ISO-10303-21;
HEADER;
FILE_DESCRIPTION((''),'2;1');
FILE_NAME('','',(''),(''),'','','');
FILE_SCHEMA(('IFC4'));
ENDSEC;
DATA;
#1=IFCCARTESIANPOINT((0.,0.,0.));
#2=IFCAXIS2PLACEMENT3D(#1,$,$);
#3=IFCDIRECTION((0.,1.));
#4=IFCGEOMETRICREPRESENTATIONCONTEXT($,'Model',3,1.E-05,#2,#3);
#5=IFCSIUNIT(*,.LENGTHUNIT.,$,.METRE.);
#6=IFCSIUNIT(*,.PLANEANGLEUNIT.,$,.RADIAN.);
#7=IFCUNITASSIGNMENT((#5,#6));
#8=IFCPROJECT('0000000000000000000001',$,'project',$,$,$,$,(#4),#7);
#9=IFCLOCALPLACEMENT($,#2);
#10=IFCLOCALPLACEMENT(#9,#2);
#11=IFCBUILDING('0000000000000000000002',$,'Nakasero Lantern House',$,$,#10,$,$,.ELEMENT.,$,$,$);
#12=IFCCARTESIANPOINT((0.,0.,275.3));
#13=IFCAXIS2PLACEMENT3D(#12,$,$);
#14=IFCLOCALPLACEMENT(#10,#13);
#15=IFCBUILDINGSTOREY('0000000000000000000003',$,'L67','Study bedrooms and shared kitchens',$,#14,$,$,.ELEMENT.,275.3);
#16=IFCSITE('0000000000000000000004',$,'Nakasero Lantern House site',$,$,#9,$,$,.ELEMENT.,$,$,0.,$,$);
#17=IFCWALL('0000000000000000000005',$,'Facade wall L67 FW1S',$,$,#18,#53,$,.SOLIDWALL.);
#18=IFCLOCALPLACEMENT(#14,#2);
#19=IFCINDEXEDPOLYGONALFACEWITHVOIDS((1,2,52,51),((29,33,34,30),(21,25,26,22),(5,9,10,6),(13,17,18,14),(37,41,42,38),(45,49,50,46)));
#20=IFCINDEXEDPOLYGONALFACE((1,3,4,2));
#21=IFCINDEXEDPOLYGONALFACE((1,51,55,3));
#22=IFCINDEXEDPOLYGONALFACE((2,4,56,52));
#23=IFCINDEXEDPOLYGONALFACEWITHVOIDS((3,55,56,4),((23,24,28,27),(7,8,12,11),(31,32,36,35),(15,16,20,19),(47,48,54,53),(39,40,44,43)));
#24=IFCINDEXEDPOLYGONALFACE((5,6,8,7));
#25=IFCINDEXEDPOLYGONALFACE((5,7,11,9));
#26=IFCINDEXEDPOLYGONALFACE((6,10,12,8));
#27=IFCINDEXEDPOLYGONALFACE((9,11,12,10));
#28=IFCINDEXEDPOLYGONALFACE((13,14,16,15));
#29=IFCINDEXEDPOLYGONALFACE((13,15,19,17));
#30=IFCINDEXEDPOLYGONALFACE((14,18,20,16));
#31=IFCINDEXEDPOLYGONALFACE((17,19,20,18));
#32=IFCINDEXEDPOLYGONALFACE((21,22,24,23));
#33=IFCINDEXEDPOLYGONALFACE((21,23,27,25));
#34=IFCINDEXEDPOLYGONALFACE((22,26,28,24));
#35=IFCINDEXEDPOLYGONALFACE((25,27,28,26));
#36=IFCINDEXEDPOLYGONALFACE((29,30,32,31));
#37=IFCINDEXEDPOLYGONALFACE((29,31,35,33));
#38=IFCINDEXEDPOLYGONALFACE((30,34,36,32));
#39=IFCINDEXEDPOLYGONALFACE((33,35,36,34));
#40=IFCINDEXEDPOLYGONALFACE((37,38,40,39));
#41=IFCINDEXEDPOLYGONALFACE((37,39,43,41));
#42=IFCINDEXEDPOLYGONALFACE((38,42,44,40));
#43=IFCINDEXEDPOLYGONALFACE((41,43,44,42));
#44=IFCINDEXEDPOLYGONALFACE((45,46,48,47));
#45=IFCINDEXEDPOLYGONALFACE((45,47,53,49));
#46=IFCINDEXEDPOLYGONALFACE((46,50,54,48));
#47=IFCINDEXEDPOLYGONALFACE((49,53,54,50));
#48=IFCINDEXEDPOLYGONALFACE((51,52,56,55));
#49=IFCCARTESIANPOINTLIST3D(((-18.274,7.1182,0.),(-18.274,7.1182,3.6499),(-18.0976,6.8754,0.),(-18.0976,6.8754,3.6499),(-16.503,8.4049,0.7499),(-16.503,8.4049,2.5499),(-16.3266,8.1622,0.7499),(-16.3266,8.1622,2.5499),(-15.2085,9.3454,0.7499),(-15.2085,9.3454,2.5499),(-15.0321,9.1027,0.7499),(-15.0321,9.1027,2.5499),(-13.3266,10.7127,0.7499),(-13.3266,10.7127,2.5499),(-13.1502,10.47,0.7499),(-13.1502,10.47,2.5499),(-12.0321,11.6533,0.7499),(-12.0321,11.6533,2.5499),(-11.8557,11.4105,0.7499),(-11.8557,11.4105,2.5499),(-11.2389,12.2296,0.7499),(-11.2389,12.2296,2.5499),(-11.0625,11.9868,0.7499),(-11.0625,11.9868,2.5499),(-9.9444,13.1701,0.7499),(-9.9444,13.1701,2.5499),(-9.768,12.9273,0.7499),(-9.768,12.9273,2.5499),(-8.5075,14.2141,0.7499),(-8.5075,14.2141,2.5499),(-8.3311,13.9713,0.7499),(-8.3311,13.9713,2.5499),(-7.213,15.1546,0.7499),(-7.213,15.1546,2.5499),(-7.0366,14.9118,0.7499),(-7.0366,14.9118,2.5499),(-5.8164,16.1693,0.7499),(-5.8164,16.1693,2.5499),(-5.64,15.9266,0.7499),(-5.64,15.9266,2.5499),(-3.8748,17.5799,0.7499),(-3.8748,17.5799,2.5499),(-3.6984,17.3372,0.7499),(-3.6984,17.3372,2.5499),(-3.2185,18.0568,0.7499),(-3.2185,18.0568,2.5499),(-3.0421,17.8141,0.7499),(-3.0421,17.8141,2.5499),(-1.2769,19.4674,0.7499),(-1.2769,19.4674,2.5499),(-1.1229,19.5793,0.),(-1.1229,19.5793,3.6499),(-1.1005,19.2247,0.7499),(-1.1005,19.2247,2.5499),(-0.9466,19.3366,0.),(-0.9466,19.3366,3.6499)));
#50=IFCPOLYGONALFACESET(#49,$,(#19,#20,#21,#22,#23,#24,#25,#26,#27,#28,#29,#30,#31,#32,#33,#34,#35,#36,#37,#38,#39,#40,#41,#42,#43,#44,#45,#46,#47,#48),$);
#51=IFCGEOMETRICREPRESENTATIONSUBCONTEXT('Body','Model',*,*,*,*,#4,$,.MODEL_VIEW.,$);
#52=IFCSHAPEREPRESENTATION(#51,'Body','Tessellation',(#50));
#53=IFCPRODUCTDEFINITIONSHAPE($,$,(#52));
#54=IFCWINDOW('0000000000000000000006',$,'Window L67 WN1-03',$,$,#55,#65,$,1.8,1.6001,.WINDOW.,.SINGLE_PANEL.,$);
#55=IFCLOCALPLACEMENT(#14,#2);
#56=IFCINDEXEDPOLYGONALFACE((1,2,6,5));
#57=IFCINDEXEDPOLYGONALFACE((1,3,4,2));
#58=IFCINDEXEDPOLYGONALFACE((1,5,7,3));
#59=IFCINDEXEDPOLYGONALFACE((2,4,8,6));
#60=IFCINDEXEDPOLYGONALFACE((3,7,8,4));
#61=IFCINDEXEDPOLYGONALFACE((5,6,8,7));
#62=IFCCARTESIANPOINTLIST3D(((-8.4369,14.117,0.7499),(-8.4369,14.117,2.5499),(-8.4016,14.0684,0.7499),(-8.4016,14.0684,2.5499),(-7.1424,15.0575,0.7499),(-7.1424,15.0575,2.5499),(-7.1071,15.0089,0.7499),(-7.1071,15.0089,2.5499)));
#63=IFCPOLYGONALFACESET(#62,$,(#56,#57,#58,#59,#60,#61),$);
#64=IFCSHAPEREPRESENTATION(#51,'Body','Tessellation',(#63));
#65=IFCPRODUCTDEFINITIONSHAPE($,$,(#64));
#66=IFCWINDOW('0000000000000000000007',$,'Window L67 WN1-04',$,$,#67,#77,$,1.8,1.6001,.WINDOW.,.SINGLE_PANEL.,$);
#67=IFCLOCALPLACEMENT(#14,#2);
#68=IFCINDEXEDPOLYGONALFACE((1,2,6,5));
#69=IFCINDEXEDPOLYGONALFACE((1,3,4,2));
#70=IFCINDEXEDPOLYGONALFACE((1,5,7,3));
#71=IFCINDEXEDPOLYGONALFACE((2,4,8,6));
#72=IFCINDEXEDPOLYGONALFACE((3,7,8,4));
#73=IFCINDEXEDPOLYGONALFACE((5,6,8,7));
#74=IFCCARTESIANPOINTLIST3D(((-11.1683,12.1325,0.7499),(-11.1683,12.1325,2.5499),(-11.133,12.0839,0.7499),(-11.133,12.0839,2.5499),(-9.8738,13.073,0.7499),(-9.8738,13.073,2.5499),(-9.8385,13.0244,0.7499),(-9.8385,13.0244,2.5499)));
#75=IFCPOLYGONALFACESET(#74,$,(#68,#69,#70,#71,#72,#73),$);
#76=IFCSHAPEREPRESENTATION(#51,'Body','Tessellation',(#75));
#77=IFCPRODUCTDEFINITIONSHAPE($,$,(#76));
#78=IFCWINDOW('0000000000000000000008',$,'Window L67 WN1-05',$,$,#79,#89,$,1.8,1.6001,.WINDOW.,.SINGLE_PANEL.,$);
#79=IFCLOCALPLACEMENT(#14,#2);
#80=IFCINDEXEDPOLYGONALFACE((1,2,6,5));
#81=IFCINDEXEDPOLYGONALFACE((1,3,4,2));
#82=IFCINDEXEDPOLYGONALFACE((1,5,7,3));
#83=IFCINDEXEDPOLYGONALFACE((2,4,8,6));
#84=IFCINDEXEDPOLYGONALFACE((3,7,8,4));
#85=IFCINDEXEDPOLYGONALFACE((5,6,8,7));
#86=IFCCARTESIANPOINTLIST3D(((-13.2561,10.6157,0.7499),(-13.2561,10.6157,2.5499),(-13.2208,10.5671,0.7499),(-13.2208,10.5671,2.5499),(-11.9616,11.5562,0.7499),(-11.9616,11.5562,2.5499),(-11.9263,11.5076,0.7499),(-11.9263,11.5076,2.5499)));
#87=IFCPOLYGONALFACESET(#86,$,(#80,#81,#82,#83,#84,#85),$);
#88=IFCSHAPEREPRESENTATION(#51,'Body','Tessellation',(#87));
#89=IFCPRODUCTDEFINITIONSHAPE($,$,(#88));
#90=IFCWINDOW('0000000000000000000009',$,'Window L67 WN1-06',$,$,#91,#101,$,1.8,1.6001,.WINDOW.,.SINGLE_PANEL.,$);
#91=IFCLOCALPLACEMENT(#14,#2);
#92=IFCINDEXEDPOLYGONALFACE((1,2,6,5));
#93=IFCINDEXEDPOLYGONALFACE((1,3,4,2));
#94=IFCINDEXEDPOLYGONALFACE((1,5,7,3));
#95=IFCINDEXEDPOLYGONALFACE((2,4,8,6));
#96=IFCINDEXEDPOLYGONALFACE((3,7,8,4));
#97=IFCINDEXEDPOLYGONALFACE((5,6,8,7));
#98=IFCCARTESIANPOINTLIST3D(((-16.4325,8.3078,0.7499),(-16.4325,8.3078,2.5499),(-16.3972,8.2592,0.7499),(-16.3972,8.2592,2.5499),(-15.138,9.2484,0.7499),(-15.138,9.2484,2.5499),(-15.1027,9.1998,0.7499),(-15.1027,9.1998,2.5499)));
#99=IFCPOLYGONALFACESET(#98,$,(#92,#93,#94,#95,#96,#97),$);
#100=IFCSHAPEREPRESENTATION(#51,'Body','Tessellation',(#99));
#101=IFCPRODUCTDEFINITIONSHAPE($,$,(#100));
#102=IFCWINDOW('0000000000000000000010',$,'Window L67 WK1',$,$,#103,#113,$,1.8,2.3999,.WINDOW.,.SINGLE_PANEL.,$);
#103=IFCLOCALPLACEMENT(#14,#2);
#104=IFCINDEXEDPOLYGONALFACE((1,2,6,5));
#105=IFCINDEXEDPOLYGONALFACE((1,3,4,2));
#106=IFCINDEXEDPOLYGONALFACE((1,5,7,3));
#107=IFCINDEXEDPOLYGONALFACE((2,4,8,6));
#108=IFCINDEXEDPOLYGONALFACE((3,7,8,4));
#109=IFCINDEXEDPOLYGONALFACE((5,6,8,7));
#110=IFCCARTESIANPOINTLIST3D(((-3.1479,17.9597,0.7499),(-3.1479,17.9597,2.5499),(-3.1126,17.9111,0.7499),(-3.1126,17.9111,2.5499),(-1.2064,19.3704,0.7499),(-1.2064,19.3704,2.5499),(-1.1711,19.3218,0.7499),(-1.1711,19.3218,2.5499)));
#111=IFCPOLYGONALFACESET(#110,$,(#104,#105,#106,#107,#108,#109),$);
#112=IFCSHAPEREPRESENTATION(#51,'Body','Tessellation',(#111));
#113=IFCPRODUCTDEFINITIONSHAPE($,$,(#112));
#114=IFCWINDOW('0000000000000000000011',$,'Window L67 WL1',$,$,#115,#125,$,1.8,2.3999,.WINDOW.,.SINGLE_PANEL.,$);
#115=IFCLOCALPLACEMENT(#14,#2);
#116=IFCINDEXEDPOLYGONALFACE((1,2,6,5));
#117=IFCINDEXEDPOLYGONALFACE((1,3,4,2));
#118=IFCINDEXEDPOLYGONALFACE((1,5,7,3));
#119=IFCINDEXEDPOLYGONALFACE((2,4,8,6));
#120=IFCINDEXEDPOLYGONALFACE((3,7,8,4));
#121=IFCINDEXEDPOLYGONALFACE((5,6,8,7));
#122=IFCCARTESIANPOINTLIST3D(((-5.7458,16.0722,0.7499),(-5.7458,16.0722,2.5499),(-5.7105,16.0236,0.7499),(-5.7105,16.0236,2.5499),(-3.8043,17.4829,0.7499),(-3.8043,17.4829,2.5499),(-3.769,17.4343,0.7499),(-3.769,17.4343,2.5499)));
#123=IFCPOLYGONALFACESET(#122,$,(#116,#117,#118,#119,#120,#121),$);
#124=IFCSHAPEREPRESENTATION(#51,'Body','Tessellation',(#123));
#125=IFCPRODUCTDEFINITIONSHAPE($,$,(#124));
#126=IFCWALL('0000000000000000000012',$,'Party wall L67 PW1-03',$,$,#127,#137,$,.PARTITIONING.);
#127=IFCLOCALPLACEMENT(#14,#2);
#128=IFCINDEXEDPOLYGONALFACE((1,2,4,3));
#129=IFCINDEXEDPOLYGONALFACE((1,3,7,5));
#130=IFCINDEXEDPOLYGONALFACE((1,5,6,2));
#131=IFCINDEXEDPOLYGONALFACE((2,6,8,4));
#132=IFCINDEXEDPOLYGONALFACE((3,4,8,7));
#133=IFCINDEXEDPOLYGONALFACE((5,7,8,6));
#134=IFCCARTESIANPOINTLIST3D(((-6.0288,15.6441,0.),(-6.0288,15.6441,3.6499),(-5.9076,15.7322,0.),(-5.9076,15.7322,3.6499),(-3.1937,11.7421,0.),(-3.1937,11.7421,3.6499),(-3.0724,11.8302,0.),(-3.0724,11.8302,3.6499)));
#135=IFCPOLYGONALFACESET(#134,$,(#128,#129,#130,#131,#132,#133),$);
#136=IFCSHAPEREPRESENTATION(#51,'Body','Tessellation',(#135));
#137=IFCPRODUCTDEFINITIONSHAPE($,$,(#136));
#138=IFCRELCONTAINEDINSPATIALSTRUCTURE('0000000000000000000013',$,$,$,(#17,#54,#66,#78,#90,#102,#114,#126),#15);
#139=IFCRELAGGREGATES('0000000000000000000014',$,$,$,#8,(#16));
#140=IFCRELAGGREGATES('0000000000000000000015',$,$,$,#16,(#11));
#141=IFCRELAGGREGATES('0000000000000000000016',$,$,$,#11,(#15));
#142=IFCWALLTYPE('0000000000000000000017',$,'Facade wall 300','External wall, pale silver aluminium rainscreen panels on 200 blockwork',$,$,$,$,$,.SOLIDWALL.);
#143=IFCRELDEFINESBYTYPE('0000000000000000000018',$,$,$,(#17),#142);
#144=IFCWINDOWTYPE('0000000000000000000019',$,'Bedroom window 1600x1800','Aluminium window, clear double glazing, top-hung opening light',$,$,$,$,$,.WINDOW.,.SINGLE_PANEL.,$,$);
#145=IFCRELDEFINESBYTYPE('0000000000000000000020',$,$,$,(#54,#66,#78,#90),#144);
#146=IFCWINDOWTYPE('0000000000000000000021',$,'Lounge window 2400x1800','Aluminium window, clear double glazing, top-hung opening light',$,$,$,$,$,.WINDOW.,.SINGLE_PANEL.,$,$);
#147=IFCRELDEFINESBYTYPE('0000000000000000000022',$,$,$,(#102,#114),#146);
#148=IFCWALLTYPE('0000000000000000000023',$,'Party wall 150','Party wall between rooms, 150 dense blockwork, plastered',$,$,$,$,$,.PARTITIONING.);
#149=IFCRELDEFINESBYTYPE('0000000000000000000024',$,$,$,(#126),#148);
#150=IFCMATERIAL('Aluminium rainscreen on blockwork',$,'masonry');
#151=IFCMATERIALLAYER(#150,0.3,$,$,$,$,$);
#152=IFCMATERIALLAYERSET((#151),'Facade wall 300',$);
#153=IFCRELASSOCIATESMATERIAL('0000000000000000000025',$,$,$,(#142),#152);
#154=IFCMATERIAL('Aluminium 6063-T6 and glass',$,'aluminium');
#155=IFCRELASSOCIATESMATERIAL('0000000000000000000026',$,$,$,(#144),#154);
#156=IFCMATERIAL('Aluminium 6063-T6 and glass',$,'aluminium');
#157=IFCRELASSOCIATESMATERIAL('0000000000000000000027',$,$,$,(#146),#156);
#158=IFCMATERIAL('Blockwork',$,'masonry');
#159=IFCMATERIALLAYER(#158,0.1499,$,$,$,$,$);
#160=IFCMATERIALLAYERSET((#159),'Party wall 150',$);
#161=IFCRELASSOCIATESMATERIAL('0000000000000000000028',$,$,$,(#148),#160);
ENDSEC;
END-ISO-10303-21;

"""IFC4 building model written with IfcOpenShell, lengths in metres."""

from ifc_helpers import new_model, si_unit, direction, frame, frame_2d, origin, place, context, subcontext, project, spatial, rectangle, extrude, material, layer, layer_set, type_object, element, fill, save


model = new_model("IFC4")

# Units and contexts
model_context = context("Model", 3, precision=1e-05, world=origin(), true_north=direction((0.0, 1.0)))
body_context = subcontext(model_context, "Body", "Model", "MODEL_VIEW")
ifc_project = project(units=[si_unit("LENGTHUNIT", "METRE"), si_unit("PLANEANGLEUNIT", "RADIAN")], contexts=[model_context])

# Site, building, storey
site_placement = place(None, origin())
site = spatial("IfcSite", under=ifc_project, at=site_placement, Name="Nakasero Lantern House site", CompositionType="ELEMENT", RefElevation=0.0)
building_placement = place(site_placement, origin())
building = spatial("IfcBuilding", under=site, at=building_placement, Name="Nakasero Lantern House", CompositionType="ELEMENT")
storey_placement = place(building_placement, frame((0.0, 0.0, 275.3)))
storey = spatial("IfcBuildingStorey", under=building, at=storey_placement, Name="L67", Description="Study bedrooms and shared kitchens", CompositionType="ELEMENT", Elevation=275.3)

# Wall, openings, windows
ifc_material_1 = material(Name="Aluminium rainscreen on blockwork", Category="masonry")
ifc_layer_1 = layer(ifc_material_1, 0.3)
ifc_layer_set_1 = layer_set([ifc_layer_1], Name="Facade wall 300")
wall_type_1 = type_object("IfcWallType", Name="Facade wall 300", Description="External wall, pale silver aluminium rainscreen panels on 200 blockwork", PredefinedType="SOLIDWALL", material=ifc_layer_set_1)
wall_1_placement = place(storey_placement, frame((-1.0347, 19.458, 0.0), z_axis=(0.0, 0.0, 1.0), x_axis=(-0.809013, -0.58779, 0.0)))
wall_1 = element("IfcWall", 1, at=wall_1_placement, inside=storey, type_object=wall_type_1, Name="Facade wall L67 FW1S", PredefinedType="SOLIDWALL", context=body_context, shape_type="SweptSolid", body=[
    extrude(rectangle(XDim=21.2, YDim=0.3, at=frame_2d((10.6001, 0.0))), origin(), (0.0, 0.0, 1.0), 3.6499),
])
opening_1_placement = place(wall_1_placement, frame((7.5278, 0.0, 0.75)))
opening_1 = element("IfcOpeningElement", 2, at=opening_1_placement, cuts=wall_1, PredefinedType="OPENING", context=body_context, shape_type="SweptSolid", body=[
    extrude(rectangle(XDim=1.6001, YDim=1.8, at=frame_2d((0.8, 0.8999))), frame((0.0, 0.1699, 0.0), z_axis=(0.0, -1.0, 0.0), x_axis=(1.0, 0.0, 0.0)), (0.0, 0.0, 1.0), 0.3401),
])
opening_2_placement = place(wall_1_placement, frame((10.9041, 0.0, 0.75)))
opening_2 = element("IfcOpeningElement", 3, at=opening_2_placement, cuts=wall_1, PredefinedType="OPENING", context=body_context, shape_type="SweptSolid", body=[
    extrude(rectangle(XDim=1.6001, YDim=1.8, at=frame_2d((0.8, 0.8999))), frame((0.0, 0.1699, 0.0), z_axis=(0.0, -1.0, 0.0), x_axis=(1.0, 0.0, 0.0)), (0.0, 0.0, 1.0), 0.3401),
])
opening_3_placement = place(wall_1_placement, frame((13.4846, 0.0, 0.75)))
opening_3 = element("IfcOpeningElement", 4, at=opening_3_placement, cuts=wall_1, PredefinedType="OPENING", context=body_context, shape_type="SweptSolid", body=[
    extrude(rectangle(XDim=1.6001, YDim=1.8, at=frame_2d((0.8, 0.8999))), frame((0.0, 0.1699, 0.0), z_axis=(0.0, -1.0, 0.0), x_axis=(1.0, 0.0, 0.0)), (0.0, 0.0, 1.0), 0.3401),
])
opening_4_placement = place(wall_1_placement, frame((17.4109, 0.0, 0.75)))
opening_4 = element("IfcOpeningElement", 5, at=opening_4_placement, cuts=wall_1, PredefinedType="OPENING", context=body_context, shape_type="SweptSolid", body=[
    extrude(rectangle(XDim=1.6001, YDim=1.8, at=frame_2d((0.8, 0.8999))), frame((0.0, 0.1699, 0.0), z_axis=(0.0, -1.0, 0.0), x_axis=(1.0, 0.0, 0.0)), (0.0, 0.0, 1.0), 0.3401),
])
opening_5_placement = place(wall_1_placement, frame((0.1904, 0.0, 0.75)))
opening_5 = element("IfcOpeningElement", 6, at=opening_5_placement, cuts=wall_1, PredefinedType="OPENING", context=body_context, shape_type="SweptSolid", body=[
    extrude(rectangle(XDim=2.3999, YDim=1.8, at=frame_2d((1.2, 0.8999))), frame((0.0, 0.1699, 0.0), z_axis=(0.0, -1.0, 0.0), x_axis=(1.0, 0.0, 0.0)), (0.0, 0.0, 1.0), 0.3401),
])
opening_6_placement = place(wall_1_placement, frame((3.4016, 0.0, 0.75)))
opening_6 = element("IfcOpeningElement", 7, at=opening_6_placement, cuts=wall_1, PredefinedType="OPENING", context=body_context, shape_type="SweptSolid", body=[
    extrude(rectangle(XDim=2.3999, YDim=1.8, at=frame_2d((1.2, 0.8999))), frame((0.0, 0.1699, 0.0), z_axis=(0.0, -1.0, 0.0), x_axis=(1.0, 0.0, 0.0)), (0.0, 0.0, 1.0), 0.3401),
])
ifc_material_2 = material(Name="Aluminium 6063-T6 and glass", Category="aluminium")
window_type_1 = type_object("IfcWindowType", Name="Bedroom window 1600x1800", Description="Aluminium window, clear double glazing, top-hung opening light", PartitioningType="SINGLE_PANEL", PredefinedType="WINDOW", material=ifc_material_2)
window_1_placement = place(opening_1_placement, origin())
window_1 = element("IfcWindow", 8, at=window_1_placement, inside=storey, type_object=window_type_1, Name="Window L67 WN1-03", OverallHeight=1.8, OverallWidth=1.6001, PartitioningType="SINGLE_PANEL", PredefinedType="WINDOW", context=body_context, shape_type="SweptSolid", body=[
    extrude(rectangle(XDim=1.6001, YDim=1.8, at=frame_2d((0.8, 0.8999))), frame((0.0, 0.03, 0.0), z_axis=(0.0, -1.0, 0.0), x_axis=(1.0, 0.0, 0.0)), (0.0, 0.0, 1.0), 0.0601),
])
fill(opening_1, window_1)
window_2_placement = place(opening_2_placement, origin())
window_2 = element("IfcWindow", 9, at=window_2_placement, inside=storey, type_object=window_type_1, Name="Window L67 WN1-04", OverallHeight=1.8, OverallWidth=1.6001, PartitioningType="SINGLE_PANEL", PredefinedType="WINDOW", context=body_context, shape_type="SweptSolid", body=[
    extrude(rectangle(XDim=1.6001, YDim=1.8, at=frame_2d((0.8, 0.8999))), frame((0.0, 0.03, 0.0), z_axis=(0.0, -1.0, 0.0), x_axis=(1.0, 0.0, 0.0)), (0.0, 0.0, 1.0), 0.0601),
])
fill(opening_2, window_2)
window_3_placement = place(opening_3_placement, origin())
window_3 = element("IfcWindow", 10, at=window_3_placement, inside=storey, type_object=window_type_1, Name="Window L67 WN1-05", OverallHeight=1.8, OverallWidth=1.6001, PartitioningType="SINGLE_PANEL", PredefinedType="WINDOW", context=body_context, shape_type="SweptSolid", body=[
    extrude(rectangle(XDim=1.6001, YDim=1.8, at=frame_2d((0.8, 0.8999))), frame((0.0, 0.03, 0.0), z_axis=(0.0, -1.0, 0.0), x_axis=(1.0, 0.0, 0.0)), (0.0, 0.0, 1.0), 0.0601),
])
fill(opening_3, window_3)
window_4_placement = place(opening_4_placement, origin())
window_4 = element("IfcWindow", 11, at=window_4_placement, inside=storey, type_object=window_type_1, Name="Window L67 WN1-06", OverallHeight=1.8, OverallWidth=1.6001, PartitioningType="SINGLE_PANEL", PredefinedType="WINDOW", context=body_context, shape_type="SweptSolid", body=[
    extrude(rectangle(XDim=1.6001, YDim=1.8, at=frame_2d((0.8, 0.8999))), frame((0.0, 0.03, 0.0), z_axis=(0.0, -1.0, 0.0), x_axis=(1.0, 0.0, 0.0)), (0.0, 0.0, 1.0), 0.0601),
])
fill(opening_4, window_4)
ifc_material_3 = material(Name="Aluminium 6063-T6 and glass", Category="aluminium")
window_type_2 = type_object("IfcWindowType", Name="Lounge window 2400x1800", Description="Aluminium window, clear double glazing, top-hung opening light", PartitioningType="SINGLE_PANEL", PredefinedType="WINDOW", material=ifc_material_3)
window_5_placement = place(opening_5_placement, origin())
window_5 = element("IfcWindow", 12, at=window_5_placement, inside=storey, type_object=window_type_2, Name="Window L67 WK1", OverallHeight=1.8, OverallWidth=2.3999, PartitioningType="SINGLE_PANEL", PredefinedType="WINDOW", context=body_context, shape_type="SweptSolid", body=[
    extrude(rectangle(XDim=2.3999, YDim=1.8, at=frame_2d((1.2, 0.8999))), frame((0.0, 0.03, 0.0), z_axis=(0.0, -1.0, 0.0), x_axis=(1.0, 0.0, 0.0)), (0.0, 0.0, 1.0), 0.0601),
])
fill(opening_5, window_5)
window_6_placement = place(opening_6_placement, origin())
window_6 = element("IfcWindow", 13, at=window_6_placement, inside=storey, type_object=window_type_2, Name="Window L67 WL1", OverallHeight=1.8, OverallWidth=2.3999, PartitioningType="SINGLE_PANEL", PredefinedType="WINDOW", context=body_context, shape_type="SweptSolid", body=[
    extrude(rectangle(XDim=2.3999, YDim=1.8, at=frame_2d((1.2, 0.8999))), frame((0.0, 0.03, 0.0), z_axis=(0.0, -1.0, 0.0), x_axis=(1.0, 0.0, 0.0)), (0.0, 0.0, 1.0), 0.0601),
])
fill(opening_6, window_6)

# Wall
ifc_material_4 = material(Name="Blockwork", Category="masonry")
ifc_layer_2 = layer(ifc_material_4, 0.1499)
ifc_layer_set_2 = layer_set([ifc_layer_2], Name="Party wall 150")
wall_type_2 = type_object("IfcWallType", Name="Party wall 150", Description="Party wall between rooms, 150 dense blockwork, plastered", PredefinedType="PARTITIONING", material=ifc_layer_set_2)
wall_2_placement = place(storey_placement, frame((-3.1331, 11.7861, 0.0), z_axis=(0.0, 0.0, 1.0), x_axis=(-0.587807, 0.809001, 0.0)))
element("IfcWall", 14, at=wall_2_placement, inside=storey, type_object=wall_type_2, Name="Party wall L67 PW1-03", PredefinedType="PARTITIONING", context=body_context, shape_type="SweptSolid", body=[
    extrude(rectangle(XDim=4.8232, YDim=0.1499, at=frame_2d((2.4116, 0.0))), origin(), (0.0, 0.0, 1.0), 3.6499),
])

save(model, "model.ifc")
